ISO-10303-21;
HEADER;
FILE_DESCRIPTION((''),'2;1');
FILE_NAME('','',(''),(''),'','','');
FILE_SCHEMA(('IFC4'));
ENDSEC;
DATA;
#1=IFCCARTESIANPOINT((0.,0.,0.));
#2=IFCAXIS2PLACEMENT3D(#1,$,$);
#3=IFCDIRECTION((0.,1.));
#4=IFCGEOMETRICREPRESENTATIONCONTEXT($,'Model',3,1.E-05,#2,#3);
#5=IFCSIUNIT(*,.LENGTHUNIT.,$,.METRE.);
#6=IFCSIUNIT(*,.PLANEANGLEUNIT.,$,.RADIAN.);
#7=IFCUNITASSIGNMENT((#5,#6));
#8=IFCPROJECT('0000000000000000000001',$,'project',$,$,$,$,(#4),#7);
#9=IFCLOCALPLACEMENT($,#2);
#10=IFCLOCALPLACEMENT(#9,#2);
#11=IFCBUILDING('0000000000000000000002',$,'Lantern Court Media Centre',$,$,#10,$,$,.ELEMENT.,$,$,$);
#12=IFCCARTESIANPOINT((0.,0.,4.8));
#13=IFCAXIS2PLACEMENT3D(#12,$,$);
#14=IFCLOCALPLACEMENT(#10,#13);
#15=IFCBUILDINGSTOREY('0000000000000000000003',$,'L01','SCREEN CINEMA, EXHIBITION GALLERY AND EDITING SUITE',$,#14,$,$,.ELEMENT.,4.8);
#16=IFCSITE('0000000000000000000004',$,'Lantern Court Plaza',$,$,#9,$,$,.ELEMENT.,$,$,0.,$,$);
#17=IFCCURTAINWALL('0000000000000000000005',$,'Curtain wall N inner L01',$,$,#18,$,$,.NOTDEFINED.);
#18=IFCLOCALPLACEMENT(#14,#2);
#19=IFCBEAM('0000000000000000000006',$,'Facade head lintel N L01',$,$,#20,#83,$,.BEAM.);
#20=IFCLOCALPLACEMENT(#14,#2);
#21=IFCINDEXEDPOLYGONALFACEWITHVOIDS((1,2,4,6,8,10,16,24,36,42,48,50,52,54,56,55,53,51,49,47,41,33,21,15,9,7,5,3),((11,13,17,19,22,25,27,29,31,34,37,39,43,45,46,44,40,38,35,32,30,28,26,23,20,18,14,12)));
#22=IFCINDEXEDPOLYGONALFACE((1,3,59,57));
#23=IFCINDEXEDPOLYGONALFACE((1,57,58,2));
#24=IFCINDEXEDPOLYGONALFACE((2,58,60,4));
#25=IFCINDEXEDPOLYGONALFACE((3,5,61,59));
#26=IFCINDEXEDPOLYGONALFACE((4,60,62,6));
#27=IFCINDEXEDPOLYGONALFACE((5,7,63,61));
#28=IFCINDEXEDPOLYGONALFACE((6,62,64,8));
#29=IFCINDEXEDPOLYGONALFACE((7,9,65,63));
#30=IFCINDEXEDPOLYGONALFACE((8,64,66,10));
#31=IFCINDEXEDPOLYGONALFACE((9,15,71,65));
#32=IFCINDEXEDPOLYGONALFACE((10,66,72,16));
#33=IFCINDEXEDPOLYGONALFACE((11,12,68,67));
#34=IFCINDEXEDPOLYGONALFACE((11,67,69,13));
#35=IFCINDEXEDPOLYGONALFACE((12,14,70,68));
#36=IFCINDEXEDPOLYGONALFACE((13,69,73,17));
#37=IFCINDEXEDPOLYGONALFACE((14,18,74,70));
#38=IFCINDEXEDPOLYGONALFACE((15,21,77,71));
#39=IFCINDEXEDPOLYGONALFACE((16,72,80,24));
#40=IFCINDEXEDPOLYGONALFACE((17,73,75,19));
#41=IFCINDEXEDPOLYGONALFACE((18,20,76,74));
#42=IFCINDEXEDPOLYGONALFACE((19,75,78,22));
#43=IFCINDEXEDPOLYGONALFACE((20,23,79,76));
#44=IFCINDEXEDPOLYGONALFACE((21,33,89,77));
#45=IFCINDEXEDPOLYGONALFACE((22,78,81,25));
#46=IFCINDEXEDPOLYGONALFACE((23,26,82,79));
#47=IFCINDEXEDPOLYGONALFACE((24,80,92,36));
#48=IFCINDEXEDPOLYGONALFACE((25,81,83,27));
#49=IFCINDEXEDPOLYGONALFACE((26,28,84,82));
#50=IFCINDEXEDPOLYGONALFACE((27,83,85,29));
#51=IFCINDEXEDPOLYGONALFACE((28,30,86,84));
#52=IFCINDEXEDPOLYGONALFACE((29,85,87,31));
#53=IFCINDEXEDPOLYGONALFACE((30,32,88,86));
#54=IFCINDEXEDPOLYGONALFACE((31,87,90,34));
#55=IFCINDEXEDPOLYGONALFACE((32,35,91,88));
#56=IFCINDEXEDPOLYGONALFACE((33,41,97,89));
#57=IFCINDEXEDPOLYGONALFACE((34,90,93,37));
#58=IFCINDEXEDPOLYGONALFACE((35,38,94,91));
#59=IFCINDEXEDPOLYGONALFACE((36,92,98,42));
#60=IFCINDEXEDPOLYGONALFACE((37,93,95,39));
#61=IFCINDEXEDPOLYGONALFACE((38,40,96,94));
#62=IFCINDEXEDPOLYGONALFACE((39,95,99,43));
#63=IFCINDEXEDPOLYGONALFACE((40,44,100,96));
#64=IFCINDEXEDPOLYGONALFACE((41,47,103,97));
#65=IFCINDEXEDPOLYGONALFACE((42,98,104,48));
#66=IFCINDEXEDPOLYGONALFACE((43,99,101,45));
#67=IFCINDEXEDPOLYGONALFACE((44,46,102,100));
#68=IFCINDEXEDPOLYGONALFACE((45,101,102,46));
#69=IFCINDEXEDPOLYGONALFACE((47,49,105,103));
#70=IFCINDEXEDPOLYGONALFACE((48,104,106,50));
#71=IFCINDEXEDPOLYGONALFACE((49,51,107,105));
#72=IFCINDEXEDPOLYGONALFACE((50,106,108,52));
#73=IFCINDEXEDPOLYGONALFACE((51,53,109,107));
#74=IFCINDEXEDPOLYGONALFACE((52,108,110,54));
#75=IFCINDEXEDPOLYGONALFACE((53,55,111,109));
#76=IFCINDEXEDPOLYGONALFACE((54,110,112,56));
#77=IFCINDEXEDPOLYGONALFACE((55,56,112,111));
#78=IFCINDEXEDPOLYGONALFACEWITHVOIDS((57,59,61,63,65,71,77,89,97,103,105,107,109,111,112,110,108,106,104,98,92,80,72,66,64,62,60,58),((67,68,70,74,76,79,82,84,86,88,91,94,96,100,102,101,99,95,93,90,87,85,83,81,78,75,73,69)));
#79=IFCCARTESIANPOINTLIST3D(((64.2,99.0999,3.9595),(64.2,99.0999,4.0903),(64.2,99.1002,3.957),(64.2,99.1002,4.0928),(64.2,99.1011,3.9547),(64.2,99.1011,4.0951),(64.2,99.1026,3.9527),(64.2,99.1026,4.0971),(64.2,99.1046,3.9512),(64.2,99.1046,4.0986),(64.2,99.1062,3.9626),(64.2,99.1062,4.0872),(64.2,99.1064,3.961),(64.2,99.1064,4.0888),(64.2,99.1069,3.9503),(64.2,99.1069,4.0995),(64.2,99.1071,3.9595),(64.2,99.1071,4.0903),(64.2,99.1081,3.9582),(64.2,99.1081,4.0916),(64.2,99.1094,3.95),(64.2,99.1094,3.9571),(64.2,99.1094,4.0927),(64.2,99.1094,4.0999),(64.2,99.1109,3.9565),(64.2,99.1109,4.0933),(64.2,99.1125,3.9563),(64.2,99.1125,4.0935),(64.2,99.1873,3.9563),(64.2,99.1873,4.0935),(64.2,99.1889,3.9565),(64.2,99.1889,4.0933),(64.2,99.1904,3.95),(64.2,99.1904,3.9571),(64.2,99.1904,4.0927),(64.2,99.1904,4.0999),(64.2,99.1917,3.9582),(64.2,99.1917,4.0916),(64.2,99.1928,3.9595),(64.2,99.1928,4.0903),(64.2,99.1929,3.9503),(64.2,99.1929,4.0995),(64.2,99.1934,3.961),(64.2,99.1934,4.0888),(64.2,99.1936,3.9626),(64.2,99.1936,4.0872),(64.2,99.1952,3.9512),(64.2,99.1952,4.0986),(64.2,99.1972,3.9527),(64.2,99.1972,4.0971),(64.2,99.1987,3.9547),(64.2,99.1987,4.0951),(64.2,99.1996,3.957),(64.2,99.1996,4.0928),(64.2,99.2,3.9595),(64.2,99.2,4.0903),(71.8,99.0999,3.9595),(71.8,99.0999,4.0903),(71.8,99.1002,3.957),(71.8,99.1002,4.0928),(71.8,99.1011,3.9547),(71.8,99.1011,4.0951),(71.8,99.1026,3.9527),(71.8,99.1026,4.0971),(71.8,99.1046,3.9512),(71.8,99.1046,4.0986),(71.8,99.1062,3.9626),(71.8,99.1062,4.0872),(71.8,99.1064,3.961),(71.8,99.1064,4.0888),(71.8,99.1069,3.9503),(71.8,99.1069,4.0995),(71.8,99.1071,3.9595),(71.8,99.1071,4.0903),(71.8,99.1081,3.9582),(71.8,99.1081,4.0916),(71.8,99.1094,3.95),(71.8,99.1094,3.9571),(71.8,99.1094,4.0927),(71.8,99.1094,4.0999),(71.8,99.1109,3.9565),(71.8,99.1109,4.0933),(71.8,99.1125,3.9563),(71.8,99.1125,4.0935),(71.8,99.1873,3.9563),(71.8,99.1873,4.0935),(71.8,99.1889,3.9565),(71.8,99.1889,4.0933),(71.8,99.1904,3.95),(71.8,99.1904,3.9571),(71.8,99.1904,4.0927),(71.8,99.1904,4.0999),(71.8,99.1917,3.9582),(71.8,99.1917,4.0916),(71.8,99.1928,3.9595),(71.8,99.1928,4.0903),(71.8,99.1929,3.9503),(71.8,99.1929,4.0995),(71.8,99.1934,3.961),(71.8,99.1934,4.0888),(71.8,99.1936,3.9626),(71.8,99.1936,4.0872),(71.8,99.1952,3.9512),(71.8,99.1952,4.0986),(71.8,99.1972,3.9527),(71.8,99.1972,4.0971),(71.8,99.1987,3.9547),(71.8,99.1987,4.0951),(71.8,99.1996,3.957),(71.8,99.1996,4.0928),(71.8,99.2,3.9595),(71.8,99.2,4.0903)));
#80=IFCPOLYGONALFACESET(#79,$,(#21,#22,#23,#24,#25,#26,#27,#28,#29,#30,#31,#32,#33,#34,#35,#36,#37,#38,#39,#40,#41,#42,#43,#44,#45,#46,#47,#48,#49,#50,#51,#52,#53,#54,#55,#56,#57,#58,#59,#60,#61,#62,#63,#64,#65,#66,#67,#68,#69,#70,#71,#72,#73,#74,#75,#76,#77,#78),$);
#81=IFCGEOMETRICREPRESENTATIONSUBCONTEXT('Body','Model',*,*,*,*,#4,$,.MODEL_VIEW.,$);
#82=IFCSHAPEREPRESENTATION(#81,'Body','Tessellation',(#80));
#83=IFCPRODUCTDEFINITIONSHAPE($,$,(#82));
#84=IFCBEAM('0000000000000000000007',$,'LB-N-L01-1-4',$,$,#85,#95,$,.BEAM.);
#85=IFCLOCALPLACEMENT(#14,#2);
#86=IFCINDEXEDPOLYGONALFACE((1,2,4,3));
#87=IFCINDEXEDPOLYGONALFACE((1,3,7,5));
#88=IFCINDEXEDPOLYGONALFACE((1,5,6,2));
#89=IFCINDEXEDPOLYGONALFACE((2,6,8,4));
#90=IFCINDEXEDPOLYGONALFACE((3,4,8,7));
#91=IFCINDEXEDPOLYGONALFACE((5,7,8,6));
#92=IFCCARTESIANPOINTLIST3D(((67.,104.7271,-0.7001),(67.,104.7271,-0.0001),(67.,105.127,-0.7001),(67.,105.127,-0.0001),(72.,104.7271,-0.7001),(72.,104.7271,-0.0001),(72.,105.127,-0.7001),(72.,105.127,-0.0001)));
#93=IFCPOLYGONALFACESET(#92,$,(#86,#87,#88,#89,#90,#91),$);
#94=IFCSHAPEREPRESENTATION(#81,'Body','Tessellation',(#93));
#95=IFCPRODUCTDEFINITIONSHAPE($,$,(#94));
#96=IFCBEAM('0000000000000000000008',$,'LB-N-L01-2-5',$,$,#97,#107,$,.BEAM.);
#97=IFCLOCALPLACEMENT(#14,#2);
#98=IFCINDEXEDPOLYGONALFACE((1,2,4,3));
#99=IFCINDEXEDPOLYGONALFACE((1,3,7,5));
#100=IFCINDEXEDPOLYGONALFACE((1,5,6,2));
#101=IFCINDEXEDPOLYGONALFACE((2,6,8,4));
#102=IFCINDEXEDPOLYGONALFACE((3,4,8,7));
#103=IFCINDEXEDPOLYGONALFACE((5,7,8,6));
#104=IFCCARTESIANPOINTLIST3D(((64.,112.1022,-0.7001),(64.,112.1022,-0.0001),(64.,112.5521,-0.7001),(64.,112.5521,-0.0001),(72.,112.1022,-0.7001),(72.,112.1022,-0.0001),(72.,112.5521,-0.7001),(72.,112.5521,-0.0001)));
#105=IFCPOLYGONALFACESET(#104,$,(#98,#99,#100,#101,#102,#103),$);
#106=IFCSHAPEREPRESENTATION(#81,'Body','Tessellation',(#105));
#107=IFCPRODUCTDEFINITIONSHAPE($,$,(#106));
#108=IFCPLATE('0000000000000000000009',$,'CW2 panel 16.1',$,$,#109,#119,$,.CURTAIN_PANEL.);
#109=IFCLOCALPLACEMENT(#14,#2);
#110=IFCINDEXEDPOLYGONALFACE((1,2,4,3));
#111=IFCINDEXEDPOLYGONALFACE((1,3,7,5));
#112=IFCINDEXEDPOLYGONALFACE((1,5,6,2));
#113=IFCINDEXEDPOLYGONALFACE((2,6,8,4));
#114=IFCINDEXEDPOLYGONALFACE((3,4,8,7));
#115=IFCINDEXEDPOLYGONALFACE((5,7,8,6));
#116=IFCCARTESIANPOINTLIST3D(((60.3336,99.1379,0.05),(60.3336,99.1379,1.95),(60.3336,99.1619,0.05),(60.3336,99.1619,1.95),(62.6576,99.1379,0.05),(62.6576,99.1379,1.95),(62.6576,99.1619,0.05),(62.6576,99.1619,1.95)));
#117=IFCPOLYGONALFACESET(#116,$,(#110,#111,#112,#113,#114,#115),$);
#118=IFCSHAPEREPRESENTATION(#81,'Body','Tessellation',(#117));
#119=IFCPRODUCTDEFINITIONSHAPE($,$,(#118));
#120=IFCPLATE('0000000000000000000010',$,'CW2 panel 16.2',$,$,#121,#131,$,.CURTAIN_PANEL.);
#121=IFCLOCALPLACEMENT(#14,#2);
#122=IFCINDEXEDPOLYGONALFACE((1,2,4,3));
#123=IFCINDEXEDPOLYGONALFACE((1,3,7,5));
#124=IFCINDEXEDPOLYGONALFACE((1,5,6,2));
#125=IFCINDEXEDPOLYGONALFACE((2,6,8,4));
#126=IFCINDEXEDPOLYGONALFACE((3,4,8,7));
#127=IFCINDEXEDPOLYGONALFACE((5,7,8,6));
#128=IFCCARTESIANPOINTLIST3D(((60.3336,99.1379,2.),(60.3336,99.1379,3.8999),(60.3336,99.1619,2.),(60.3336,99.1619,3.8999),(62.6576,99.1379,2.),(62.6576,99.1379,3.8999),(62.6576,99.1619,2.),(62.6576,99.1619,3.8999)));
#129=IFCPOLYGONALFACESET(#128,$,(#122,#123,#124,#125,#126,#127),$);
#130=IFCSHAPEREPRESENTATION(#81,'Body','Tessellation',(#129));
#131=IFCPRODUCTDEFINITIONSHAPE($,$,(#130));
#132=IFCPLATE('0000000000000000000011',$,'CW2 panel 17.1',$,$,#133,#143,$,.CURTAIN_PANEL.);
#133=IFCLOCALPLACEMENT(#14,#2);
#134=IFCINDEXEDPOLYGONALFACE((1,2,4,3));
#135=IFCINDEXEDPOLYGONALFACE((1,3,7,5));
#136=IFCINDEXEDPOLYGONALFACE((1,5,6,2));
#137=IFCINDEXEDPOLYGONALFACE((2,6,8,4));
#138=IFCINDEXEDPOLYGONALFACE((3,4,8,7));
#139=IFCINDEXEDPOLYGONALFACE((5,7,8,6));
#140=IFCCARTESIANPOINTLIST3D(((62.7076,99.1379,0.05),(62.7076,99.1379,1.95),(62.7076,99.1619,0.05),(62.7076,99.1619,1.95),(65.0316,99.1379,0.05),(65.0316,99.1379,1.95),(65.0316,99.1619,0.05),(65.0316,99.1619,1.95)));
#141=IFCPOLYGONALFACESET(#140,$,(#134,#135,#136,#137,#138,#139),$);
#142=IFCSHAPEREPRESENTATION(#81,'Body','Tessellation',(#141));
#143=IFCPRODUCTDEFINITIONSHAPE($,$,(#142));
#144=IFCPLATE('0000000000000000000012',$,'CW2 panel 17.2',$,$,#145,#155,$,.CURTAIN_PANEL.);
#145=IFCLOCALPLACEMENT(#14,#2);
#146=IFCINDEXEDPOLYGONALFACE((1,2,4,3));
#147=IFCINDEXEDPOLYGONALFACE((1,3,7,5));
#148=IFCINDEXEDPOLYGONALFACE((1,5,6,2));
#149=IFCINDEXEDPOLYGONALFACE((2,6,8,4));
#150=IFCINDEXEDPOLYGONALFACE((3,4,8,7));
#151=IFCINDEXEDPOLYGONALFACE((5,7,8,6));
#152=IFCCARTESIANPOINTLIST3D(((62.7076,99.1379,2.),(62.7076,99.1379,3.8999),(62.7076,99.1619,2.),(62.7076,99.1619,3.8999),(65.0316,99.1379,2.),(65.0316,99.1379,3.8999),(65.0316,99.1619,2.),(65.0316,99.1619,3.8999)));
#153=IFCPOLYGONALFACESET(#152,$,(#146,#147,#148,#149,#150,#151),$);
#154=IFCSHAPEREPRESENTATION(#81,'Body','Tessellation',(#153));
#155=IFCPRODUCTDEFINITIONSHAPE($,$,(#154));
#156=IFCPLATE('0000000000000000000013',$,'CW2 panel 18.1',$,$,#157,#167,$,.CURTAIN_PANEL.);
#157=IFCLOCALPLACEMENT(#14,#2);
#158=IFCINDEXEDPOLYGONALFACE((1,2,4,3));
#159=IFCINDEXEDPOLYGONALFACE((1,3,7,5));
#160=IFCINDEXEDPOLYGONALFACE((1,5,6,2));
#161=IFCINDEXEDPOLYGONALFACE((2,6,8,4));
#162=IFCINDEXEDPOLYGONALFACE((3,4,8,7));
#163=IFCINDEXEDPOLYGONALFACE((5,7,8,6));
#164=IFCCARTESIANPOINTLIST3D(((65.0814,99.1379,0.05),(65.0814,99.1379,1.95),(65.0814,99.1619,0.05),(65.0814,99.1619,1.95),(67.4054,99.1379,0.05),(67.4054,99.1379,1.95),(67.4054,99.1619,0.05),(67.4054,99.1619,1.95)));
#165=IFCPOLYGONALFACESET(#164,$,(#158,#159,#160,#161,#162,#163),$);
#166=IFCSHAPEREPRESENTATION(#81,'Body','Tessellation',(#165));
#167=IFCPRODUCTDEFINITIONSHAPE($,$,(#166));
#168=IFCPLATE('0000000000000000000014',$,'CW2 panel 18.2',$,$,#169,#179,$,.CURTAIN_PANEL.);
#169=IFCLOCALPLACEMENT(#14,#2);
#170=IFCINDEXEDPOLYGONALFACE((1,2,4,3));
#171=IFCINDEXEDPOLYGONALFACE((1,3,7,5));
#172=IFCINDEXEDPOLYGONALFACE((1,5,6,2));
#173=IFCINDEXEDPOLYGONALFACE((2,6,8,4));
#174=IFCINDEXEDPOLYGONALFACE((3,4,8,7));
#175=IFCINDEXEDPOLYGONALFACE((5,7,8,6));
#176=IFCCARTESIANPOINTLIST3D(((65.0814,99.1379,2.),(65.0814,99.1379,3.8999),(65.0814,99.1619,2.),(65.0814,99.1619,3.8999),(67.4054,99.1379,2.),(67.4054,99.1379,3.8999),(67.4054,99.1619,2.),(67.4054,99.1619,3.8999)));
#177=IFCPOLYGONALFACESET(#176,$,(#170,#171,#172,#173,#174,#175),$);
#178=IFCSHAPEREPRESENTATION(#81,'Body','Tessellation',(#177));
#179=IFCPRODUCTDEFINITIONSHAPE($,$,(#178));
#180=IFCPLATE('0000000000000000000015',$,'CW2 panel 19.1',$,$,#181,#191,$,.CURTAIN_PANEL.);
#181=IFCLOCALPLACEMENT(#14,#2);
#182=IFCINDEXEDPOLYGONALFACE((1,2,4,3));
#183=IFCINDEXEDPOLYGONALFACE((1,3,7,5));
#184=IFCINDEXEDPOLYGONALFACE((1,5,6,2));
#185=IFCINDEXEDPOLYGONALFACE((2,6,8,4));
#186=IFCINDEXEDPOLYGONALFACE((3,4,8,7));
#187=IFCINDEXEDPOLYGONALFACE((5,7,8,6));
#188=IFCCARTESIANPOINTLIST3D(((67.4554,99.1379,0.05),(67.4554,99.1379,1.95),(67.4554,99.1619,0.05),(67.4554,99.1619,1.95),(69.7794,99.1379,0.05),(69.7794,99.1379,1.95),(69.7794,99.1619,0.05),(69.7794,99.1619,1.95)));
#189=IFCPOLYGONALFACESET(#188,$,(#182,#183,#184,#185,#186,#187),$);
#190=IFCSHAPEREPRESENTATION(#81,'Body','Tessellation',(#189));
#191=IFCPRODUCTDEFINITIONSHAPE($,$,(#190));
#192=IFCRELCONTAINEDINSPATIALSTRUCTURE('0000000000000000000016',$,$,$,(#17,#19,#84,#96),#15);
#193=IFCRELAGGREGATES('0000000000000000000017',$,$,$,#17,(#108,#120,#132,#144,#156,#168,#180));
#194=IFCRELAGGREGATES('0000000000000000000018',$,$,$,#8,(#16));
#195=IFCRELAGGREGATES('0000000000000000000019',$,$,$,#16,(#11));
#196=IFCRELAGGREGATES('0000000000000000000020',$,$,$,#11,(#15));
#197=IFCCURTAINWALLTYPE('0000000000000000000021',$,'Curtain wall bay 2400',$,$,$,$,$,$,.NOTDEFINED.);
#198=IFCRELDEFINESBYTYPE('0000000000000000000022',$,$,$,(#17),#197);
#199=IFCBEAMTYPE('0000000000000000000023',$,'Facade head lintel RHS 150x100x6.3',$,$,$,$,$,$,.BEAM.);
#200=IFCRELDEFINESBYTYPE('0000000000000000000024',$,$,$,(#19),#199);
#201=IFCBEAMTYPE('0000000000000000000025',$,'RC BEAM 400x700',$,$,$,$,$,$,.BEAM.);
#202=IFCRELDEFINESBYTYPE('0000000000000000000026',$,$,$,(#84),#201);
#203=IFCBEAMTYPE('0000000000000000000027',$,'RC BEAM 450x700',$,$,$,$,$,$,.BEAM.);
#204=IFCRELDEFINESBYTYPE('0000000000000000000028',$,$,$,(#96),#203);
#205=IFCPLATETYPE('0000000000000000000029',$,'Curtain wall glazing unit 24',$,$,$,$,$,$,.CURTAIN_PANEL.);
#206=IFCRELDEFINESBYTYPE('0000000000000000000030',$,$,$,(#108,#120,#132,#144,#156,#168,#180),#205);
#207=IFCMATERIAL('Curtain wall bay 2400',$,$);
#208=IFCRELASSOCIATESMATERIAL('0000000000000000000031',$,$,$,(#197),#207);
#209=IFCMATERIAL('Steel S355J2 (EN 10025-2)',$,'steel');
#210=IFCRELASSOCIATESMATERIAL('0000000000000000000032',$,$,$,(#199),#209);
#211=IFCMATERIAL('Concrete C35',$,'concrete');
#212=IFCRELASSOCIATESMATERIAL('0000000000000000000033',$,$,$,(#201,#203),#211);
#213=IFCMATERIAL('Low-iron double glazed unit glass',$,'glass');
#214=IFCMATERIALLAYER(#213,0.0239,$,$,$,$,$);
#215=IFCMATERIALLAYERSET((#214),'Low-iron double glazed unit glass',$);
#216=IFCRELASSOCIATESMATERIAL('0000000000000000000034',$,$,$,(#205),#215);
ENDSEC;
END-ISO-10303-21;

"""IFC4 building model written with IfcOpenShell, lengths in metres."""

from ifc_helpers import new_model, si_unit, direction, frame, origin, origin_2d, place, context, subcontext, project, spatial, rectangle, hollow_rectangle, extrude, material, layer, layer_set, material_profile, profile_set, type_object, element, aggregate, save


model = new_model("IFC4")

# Units and contexts
model_context = context("Model", 3, precision=1e-05, world=origin(), true_north=direction((0.0, 1.0)))
body_context = subcontext(model_context, "Body", "Model", "MODEL_VIEW")
ifc_project = project(units=[si_unit("LENGTHUNIT", "METRE"), si_unit("PLANEANGLEUNIT", "RADIAN")], contexts=[model_context])

# Site, building, storey
site_placement = place(None, origin())
site = spatial("IfcSite", under=ifc_project, at=site_placement, Name="Lantern Court Plaza", CompositionType="ELEMENT", RefElevation=0.0)
building_placement = place(site_placement, origin())
building = spatial("IfcBuilding", under=site, at=building_placement, Name="Lantern Court Media Centre", CompositionType="ELEMENT")
storey_placement = place(building_placement, frame((0.0, 0.0, 4.8)))
storey = spatial("IfcBuildingStorey", under=building, at=storey_placement, Name="L01", Description="SCREEN CINEMA, EXHIBITION GALLERY AND EDITING SUITE", CompositionType="ELEMENT", Elevation=4.8)

# Shared definitions
ifc_material_1 = material(Name="Concrete C35", Category="concrete")

# Curtain wall
ifc_material_2 = material(Name="Curtain wall bay 2400")
curtain_wall_type = type_object("IfcCurtainWallType", Name="Curtain wall bay 2400", PredefinedType="NOTDEFINED", material=ifc_material_2)
curtain_wall_placement = place(storey_placement, origin())
curtain_wall = element("IfcCurtainWall", 1, at=curtain_wall_placement, inside=storey, type_object=curtain_wall_type, Name="Curtain wall N inner L01", PredefinedType="NOTDEFINED")

# Beams
ifc_material_3 = material(Name="Steel S355J2 (EN 10025-2)", Category="steel")
ifc_material_profile_1 = material_profile(ifc_material_3, hollow_rectangle(XDim=0.1001, YDim=0.1499, WallThickness=0.0063, InnerFilletRadius=0.0063, OuterFilletRadius=0.0095, at=origin_2d()), Name="Facade head lintel RHS 150x100x6.3")
ifc_profile_set_1 = profile_set([ifc_material_profile_1], Name="Steel S355J2 (EN 10025-2)")
beam_type_1 = type_object("IfcBeamType", Name="Facade head lintel RHS 150x100x6.3", PredefinedType="BEAM", material=ifc_profile_set_1)
beam_1_placement = place(storey_placement, frame((64.2, 99.1499, 4.0249), z_axis=(1.0, 0.0, 0.0), x_axis=(0.0, 1.0, 0.0)))
element("IfcBeam", 2, at=beam_1_placement, inside=storey, type_object=beam_type_1, Name="Facade head lintel N L01", PredefinedType="BEAM", context=body_context, shape_type="SweptSolid", body=[
    extrude(hollow_rectangle(XDim=0.1001, YDim=0.1499, WallThickness=0.0063, InnerFilletRadius=0.0063, OuterFilletRadius=0.0095, at=origin_2d()), origin(), (0.0, 0.0, 1.0), 7.6001),
])
ifc_material_profile_2 = material_profile(ifc_material_1, rectangle(XDim=0.3999, YDim=0.7, at=origin_2d()), Name="RC 400x700")
ifc_profile_set_2 = profile_set([ifc_material_profile_2], Name="Concrete C35")
beam_type_2 = type_object("IfcBeamType", Name="RC BEAM 400x700", PredefinedType="BEAM", material=ifc_profile_set_2)
beam_2_placement = place(storey_placement, frame((67.0, 104.927, -0.3501), z_axis=(1.0, 0.0, 0.0), x_axis=(0.0, 1.0, 0.0)))
element("IfcBeam", 3, at=beam_2_placement, inside=storey, type_object=beam_type_2, Name="LB-N-L01-1-4", PredefinedType="BEAM", context=body_context, shape_type="SweptSolid", body=[
    extrude(rectangle(XDim=0.3999, YDim=0.7, at=origin_2d()), origin(), (0.0, 0.0, 1.0), 5.0),
])
ifc_material_profile_3 = material_profile(ifc_material_1, rectangle(XDim=0.45, YDim=0.7, at=origin_2d()), Name="RC 450x700")
ifc_profile_set_3 = profile_set([ifc_material_profile_3], Name="Concrete C35")
beam_type_3 = type_object("IfcBeamType", Name="RC BEAM 450x700", PredefinedType="BEAM", material=ifc_profile_set_3)
beam_3_placement = place(storey_placement, frame((64.0, 112.3271, -0.3501), z_axis=(1.0, 0.0, 0.0), x_axis=(0.0, 1.0, 0.0)))
element("IfcBeam", 4, at=beam_3_placement, inside=storey, type_object=beam_type_3, Name="LB-N-L01-2-5", PredefinedType="BEAM", context=body_context, shape_type="SweptSolid", body=[
    extrude(rectangle(XDim=0.45, YDim=0.7, at=origin_2d()), origin(), (0.0, 0.0, 1.0), 8.0),
])

# Plates
ifc_material_4 = material(Name="Low-iron double glazed unit glass", Category="glass")
ifc_layer_1 = layer(ifc_material_4, 0.0239)
ifc_layer_set_1 = layer_set([ifc_layer_1], Name="Low-iron double glazed unit glass")
plate_type = type_object("IfcPlateType", Name="Curtain wall glazing unit 24", PredefinedType="CURTAIN_PANEL", material=ifc_layer_set_1)
plate_1_placement = place(storey_placement, frame((61.4956, 99.1499, 0.05), z_axis=(0.0, 0.0, 1.0), x_axis=(1.0, 0.0, 0.0)))
plate_1 = element("IfcPlate", 5, at=plate_1_placement, type_object=plate_type, Name="CW2 panel 16.1", PredefinedType="CURTAIN_PANEL", context=body_context, shape_type="SweptSolid", body=[
    extrude(rectangle(XDim=2.324, YDim=0.0239, at=origin_2d()), origin(), (0.0, 0.0, 1.0), 1.8999),
])
plate_2_placement = place(storey_placement, frame((61.4956, 99.1499, 2.0), z_axis=(0.0, 0.0, 1.0), x_axis=(1.0, 0.0, 0.0)))
plate_2 = element("IfcPlate", 6, at=plate_2_placement, type_object=plate_type, Name="CW2 panel 16.2", PredefinedType="CURTAIN_PANEL", context=body_context, shape_type="SweptSolid", body=[
    extrude(rectangle(XDim=2.324, YDim=0.0239, at=origin_2d()), origin(), (0.0, 0.0, 1.0), 1.8999),
])
plate_3_placement = place(storey_placement, frame((63.8696, 99.1499, 0.05), z_axis=(0.0, 0.0, 1.0), x_axis=(1.0, 0.0, 0.0)))
plate_3 = element("IfcPlate", 7, at=plate_3_placement, type_object=plate_type, Name="CW2 panel 17.1", PredefinedType="CURTAIN_PANEL", context=body_context, shape_type="SweptSolid", body=[
    extrude(rectangle(XDim=2.324, YDim=0.0239, at=origin_2d()), origin(), (0.0, 0.0, 1.0), 1.8999),
])
plate_4_placement = place(storey_placement, frame((63.8696, 99.1499, 2.0), z_axis=(0.0, 0.0, 1.0), x_axis=(1.0, 0.0, 0.0)))
plate_4 = element("IfcPlate", 8, at=plate_4_placement, type_object=plate_type, Name="CW2 panel 17.2", PredefinedType="CURTAIN_PANEL", context=body_context, shape_type="SweptSolid", body=[
    extrude(rectangle(XDim=2.324, YDim=0.0239, at=origin_2d()), origin(), (0.0, 0.0, 1.0), 1.8999),
])
plate_5_placement = place(storey_placement, frame((66.2434, 99.1499, 0.05), z_axis=(0.0, 0.0, 1.0), x_axis=(1.0, 0.0, 0.0)))
plate_5 = element("IfcPlate", 9, at=plate_5_placement, type_object=plate_type, Name="CW2 panel 18.1", PredefinedType="CURTAIN_PANEL", context=body_context, shape_type="SweptSolid", body=[
    extrude(rectangle(XDim=2.324, YDim=0.0239, at=origin_2d()), origin(), (0.0, 0.0, 1.0), 1.8999),
])
plate_6_placement = place(storey_placement, frame((66.2434, 99.1499, 2.0), z_axis=(0.0, 0.0, 1.0), x_axis=(1.0, 0.0, 0.0)))
plate_6 = element("IfcPlate", 10, at=plate_6_placement, type_object=plate_type, Name="CW2 panel 18.2", PredefinedType="CURTAIN_PANEL", context=body_context, shape_type="SweptSolid", body=[
    extrude(rectangle(XDim=2.324, YDim=0.0239, at=origin_2d()), origin(), (0.0, 0.0, 1.0), 1.8999),
])
plate_7_placement = place(storey_placement, frame((68.6174, 99.1499, 0.05), z_axis=(0.0, 0.0, 1.0), x_axis=(1.0, 0.0, 0.0)))
plate_7 = element("IfcPlate", 11, at=plate_7_placement, type_object=plate_type, Name="CW2 panel 19.1", PredefinedType="CURTAIN_PANEL", context=body_context, shape_type="SweptSolid", body=[
    extrude(rectangle(XDim=2.324, YDim=0.0239, at=origin_2d()), origin(), (0.0, 0.0, 1.0), 1.8999),
])
aggregate(curtain_wall, [plate_1, plate_2, plate_3, plate_4, plate_5, plate_6, plate_7])

save(model, "model.ifc")
